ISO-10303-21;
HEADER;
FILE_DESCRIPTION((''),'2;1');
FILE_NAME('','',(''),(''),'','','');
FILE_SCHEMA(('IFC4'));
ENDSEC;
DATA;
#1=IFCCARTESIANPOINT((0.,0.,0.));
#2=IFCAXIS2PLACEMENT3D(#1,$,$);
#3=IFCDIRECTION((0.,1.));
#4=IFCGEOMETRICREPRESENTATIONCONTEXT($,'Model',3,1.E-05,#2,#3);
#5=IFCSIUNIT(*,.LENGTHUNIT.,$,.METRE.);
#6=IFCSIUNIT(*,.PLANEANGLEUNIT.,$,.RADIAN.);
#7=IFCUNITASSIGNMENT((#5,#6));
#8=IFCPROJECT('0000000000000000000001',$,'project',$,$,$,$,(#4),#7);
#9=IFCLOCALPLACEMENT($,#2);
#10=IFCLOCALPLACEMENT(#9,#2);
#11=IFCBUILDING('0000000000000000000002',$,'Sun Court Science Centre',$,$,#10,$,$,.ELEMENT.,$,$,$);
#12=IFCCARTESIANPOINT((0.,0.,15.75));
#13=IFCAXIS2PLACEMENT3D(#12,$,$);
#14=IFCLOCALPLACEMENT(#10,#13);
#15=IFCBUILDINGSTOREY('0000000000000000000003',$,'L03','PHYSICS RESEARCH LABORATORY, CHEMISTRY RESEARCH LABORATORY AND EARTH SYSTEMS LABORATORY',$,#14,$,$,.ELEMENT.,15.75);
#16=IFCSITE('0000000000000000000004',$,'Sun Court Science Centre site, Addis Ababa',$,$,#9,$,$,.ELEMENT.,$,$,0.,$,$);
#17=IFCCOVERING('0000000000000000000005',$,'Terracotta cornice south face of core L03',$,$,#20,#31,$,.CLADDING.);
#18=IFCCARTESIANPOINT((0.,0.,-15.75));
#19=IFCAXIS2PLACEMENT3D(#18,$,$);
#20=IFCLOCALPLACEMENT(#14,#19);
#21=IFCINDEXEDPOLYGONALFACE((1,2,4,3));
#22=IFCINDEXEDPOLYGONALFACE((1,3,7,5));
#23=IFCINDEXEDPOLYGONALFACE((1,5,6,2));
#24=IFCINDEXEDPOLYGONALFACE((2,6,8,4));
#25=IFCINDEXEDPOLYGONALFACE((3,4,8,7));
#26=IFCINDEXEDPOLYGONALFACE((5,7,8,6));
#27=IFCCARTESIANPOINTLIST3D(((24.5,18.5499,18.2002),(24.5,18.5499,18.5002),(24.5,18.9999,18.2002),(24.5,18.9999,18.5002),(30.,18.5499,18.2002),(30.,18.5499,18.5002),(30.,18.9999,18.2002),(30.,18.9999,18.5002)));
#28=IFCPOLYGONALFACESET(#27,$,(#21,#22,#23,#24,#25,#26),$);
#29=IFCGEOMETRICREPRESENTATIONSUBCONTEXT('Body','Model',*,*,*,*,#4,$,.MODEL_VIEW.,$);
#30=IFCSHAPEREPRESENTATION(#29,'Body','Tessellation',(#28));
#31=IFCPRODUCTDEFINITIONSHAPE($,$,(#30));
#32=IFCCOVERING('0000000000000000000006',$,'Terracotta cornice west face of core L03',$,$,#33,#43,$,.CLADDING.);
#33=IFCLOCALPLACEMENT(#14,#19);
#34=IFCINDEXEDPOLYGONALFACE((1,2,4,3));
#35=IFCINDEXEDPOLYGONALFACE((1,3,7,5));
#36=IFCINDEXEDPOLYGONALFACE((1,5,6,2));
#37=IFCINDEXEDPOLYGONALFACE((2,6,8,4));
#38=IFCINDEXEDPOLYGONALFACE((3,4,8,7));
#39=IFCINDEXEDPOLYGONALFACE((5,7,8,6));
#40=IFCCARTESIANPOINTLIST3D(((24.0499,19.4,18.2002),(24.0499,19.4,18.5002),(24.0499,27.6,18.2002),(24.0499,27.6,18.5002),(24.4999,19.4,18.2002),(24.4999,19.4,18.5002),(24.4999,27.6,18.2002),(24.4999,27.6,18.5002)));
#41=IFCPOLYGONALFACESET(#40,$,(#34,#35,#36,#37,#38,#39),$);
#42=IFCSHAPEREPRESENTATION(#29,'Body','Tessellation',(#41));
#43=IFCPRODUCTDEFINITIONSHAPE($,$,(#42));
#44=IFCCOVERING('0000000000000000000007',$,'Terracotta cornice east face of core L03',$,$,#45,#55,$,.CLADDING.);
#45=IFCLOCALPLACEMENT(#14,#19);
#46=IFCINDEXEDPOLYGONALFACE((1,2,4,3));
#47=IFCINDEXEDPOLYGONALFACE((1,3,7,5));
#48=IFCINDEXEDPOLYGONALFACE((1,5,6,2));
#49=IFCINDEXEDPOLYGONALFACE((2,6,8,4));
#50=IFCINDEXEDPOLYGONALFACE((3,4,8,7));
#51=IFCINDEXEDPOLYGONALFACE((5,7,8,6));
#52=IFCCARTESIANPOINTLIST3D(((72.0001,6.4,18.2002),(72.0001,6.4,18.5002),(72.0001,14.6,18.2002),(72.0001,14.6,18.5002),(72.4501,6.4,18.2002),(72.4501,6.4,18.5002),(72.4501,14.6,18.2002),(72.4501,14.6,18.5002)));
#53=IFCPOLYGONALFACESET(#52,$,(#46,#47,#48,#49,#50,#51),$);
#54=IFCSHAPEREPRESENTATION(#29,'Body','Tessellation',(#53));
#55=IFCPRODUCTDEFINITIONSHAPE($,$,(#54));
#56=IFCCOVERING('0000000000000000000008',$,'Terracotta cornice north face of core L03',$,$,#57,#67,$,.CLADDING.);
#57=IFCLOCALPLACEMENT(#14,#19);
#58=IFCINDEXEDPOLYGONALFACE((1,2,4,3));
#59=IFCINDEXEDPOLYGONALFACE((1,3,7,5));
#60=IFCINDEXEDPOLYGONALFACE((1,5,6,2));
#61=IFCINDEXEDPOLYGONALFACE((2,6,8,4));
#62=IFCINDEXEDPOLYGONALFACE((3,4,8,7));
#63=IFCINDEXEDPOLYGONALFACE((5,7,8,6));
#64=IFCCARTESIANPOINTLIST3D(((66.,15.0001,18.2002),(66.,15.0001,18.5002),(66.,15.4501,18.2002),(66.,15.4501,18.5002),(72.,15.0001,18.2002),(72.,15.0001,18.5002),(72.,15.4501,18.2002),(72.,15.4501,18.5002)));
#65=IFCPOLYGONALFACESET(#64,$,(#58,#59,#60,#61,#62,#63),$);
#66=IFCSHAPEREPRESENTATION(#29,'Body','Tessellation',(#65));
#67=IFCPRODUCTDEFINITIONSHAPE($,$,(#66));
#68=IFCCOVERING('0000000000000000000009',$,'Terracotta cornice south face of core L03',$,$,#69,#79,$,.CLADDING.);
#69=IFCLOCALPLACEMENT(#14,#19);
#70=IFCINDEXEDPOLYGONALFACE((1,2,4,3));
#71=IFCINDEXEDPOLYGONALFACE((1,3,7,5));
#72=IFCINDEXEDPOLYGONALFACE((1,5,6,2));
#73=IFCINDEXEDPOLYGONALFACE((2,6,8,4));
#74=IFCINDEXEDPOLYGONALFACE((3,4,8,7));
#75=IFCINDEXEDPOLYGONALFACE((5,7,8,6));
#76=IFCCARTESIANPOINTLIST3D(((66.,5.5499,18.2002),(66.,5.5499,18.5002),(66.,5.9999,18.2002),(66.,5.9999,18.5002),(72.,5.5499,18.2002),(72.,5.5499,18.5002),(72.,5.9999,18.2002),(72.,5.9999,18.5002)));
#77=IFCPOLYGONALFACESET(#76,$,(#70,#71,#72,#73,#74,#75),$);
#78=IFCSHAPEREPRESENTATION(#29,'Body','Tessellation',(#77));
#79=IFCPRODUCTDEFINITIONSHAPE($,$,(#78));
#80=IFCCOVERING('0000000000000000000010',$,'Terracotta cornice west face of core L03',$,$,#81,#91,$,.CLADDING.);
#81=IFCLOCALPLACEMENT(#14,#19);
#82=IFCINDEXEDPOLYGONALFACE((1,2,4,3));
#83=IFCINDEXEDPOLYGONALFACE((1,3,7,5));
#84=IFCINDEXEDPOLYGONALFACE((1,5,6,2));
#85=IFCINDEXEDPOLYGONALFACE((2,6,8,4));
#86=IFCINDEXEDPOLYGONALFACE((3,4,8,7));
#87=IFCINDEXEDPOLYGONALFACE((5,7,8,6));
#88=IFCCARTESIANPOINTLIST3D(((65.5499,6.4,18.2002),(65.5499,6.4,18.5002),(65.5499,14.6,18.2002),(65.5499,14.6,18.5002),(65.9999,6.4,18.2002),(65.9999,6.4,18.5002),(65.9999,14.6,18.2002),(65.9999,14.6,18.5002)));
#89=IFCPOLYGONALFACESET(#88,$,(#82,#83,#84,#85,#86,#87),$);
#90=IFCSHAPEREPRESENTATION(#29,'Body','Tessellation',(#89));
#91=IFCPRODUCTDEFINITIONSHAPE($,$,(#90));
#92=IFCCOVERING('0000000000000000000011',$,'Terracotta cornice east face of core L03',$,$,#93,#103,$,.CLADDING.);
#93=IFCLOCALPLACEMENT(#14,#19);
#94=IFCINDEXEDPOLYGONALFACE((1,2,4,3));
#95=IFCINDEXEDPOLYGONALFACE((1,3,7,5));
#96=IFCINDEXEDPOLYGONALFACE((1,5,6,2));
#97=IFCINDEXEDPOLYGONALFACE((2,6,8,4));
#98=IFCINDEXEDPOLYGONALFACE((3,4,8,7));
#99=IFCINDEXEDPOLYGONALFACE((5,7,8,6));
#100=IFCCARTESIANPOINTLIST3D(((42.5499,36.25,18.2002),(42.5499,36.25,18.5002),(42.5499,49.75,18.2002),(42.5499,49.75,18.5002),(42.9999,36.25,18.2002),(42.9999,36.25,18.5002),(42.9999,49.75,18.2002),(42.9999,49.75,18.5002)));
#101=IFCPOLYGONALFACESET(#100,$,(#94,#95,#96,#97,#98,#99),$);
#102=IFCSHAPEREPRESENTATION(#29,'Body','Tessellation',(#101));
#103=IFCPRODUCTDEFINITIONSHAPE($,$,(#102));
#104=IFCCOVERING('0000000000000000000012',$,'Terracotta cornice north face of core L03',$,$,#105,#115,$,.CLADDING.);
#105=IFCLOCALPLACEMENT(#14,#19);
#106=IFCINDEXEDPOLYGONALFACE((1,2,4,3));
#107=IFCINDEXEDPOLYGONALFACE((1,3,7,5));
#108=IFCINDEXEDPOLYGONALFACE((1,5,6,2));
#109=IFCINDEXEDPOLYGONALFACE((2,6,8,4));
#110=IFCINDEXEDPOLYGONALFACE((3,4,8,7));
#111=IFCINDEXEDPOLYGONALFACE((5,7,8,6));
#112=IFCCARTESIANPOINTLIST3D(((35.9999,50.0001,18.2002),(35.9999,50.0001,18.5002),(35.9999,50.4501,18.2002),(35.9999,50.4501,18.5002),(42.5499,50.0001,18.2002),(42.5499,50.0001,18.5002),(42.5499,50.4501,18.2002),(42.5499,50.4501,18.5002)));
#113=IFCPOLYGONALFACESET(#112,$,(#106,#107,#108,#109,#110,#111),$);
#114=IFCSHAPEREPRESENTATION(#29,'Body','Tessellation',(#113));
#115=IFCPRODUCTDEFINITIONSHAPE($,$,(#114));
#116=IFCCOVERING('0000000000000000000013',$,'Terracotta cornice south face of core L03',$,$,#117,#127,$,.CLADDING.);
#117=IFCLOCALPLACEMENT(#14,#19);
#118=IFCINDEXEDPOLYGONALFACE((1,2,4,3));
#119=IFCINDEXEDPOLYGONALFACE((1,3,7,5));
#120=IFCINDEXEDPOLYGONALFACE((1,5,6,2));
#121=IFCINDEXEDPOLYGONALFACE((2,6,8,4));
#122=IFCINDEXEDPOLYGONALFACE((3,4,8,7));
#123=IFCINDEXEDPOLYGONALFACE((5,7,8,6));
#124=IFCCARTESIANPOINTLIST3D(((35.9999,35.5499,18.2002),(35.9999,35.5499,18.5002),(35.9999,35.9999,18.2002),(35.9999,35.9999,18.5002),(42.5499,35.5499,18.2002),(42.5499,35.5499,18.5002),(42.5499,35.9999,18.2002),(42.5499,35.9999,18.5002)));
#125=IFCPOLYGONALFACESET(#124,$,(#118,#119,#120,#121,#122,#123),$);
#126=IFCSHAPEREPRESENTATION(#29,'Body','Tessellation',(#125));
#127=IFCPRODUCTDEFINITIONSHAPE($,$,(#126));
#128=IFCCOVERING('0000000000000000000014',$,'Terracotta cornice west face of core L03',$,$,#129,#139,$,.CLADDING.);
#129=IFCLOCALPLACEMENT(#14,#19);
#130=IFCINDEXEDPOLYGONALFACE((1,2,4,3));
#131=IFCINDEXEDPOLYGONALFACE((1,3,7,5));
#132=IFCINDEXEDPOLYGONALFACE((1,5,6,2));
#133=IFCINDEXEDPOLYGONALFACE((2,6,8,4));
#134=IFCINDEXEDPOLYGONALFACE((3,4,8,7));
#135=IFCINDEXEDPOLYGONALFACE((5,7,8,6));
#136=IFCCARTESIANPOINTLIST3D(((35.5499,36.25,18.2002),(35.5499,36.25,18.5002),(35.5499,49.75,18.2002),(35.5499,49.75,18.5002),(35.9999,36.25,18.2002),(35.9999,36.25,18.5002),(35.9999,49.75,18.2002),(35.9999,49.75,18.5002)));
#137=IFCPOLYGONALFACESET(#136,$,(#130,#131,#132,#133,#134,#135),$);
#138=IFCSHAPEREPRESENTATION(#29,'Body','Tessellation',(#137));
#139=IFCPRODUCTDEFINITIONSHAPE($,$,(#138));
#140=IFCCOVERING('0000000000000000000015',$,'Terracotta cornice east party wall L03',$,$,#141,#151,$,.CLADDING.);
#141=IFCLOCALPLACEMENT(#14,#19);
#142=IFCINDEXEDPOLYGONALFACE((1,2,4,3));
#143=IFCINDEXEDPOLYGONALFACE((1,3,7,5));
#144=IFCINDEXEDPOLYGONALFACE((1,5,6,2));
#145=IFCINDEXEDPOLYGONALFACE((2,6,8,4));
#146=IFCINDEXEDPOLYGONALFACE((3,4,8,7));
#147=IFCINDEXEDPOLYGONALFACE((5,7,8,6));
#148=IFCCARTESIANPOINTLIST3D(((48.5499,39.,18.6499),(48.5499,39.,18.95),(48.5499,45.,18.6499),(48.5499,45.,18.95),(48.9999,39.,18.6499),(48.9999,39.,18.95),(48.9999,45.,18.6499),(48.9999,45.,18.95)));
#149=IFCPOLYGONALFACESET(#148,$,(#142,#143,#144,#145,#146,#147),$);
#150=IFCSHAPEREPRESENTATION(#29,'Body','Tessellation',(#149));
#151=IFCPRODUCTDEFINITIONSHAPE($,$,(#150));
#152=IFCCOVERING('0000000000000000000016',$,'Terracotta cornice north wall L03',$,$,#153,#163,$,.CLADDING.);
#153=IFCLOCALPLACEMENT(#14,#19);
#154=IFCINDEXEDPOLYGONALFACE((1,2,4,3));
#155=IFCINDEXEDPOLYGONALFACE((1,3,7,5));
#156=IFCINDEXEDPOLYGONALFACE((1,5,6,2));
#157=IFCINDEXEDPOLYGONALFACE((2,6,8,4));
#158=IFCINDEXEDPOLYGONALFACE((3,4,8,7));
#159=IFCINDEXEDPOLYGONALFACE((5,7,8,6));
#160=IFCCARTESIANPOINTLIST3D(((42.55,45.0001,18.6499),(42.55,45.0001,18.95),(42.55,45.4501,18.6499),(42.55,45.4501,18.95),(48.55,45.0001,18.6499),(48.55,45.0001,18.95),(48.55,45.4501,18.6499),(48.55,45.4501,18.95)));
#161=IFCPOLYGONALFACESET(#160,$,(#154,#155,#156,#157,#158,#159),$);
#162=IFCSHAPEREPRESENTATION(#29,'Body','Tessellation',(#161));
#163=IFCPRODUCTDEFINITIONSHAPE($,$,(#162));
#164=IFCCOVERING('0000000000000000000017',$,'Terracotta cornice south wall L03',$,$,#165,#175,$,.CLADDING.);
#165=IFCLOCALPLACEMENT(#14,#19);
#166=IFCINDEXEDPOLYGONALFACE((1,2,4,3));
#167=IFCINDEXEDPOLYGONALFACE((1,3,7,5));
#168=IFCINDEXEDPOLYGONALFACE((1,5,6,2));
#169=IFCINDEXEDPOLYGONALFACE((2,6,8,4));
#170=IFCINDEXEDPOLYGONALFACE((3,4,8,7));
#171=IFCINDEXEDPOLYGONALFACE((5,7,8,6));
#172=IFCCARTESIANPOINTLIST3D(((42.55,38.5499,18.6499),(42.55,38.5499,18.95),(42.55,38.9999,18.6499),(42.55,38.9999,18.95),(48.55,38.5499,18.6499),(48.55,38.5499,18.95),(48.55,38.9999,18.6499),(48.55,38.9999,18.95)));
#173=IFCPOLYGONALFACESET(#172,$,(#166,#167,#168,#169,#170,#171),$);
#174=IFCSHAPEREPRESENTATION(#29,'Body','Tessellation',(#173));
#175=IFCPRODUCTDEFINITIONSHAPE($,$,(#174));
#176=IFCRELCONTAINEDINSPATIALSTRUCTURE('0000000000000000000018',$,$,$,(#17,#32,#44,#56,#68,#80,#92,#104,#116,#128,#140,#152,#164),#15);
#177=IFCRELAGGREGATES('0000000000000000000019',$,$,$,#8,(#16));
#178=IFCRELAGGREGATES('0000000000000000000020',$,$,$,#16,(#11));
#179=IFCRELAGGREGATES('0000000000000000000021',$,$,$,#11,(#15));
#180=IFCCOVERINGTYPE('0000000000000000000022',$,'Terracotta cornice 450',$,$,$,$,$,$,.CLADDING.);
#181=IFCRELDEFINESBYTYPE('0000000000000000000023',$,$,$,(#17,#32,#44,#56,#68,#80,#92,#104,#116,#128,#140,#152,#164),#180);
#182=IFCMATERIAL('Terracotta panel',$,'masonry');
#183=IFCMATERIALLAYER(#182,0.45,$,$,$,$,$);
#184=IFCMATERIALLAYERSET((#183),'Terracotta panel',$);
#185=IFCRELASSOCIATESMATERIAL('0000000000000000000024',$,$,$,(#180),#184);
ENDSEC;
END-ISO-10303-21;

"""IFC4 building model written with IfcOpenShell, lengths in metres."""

from ifc_helpers import new_model, si_unit, direction, frame, origin, origin_2d, place, context, subcontext, project, spatial, rectangle, extrude, material, layer, layer_set, type_object, element, save


model = new_model("IFC4")

# Units and contexts
model_context = context("Model", 3, precision=1e-05, world=origin(), true_north=direction((0.0, 1.0)))
body_context = subcontext(model_context, "Body", "Model", "MODEL_VIEW")
ifc_project = project(units=[si_unit("LENGTHUNIT", "METRE"), si_unit("PLANEANGLEUNIT", "RADIAN")], contexts=[model_context])

# Site, building, storey
site_placement = place(None, origin())
site = spatial("IfcSite", under=ifc_project, at=site_placement, Name="Sun Court Science Centre site, Addis Ababa", CompositionType="ELEMENT", RefElevation=0.0)
building_placement = place(site_placement, origin())
building = spatial("IfcBuilding", under=site, at=building_placement, Name="Sun Court Science Centre", CompositionType="ELEMENT")
storey_placement = place(building_placement, frame((0.0, 0.0, 15.75)))
storey = spatial("IfcBuildingStorey", under=building, at=storey_placement, Name="L03", Description="PHYSICS RESEARCH LABORATORY, CHEMISTRY RESEARCH LABORATORY AND EARTH SYSTEMS LABORATORY", CompositionType="ELEMENT", Elevation=15.75)

# Coverings
ifc_material_1 = material(Name="Terracotta panel", Category="masonry")
ifc_layer_1 = layer(ifc_material_1, 0.45)
ifc_layer_set_1 = layer_set([ifc_layer_1], Name="Terracotta panel")
covering_type = type_object("IfcCoveringType", Name="Terracotta cornice 450", PredefinedType="CLADDING", material=ifc_layer_set_1)
covering_1_placement = place(storey_placement, frame((0.0, 0.0, -15.75)))
element("IfcCovering", 1, at=covering_1_placement, inside=storey, type_object=covering_type, Name="Terracotta cornice south face of core L03", PredefinedType="CLADDING", context=body_context, shape_type="SweptSolid", body=[
    extrude(rectangle(XDim=5.5, YDim=0.45, at=origin_2d()), frame((27.25, 18.7749, 18.2002), z_axis=(0.0, 0.0, 1.0), x_axis=(-1.0, 0.0, 0.0)), (0.0, 0.0, 1.0), 0.3),
])
covering_2_placement = place(storey_placement, frame((0.0, 0.0, -15.75)))
element("IfcCovering", 2, at=covering_2_placement, inside=storey, type_object=covering_type, Name="Terracotta cornice west face of core L03", PredefinedType="CLADDING", context=body_context, shape_type="SweptSolid", body=[
    extrude(rectangle(XDim=8.2, YDim=0.45, at=origin_2d()), frame((24.2749, 23.5, 18.2002), z_axis=(0.0, 0.0, 1.0), x_axis=(0.0, 1.0, 0.0)), (0.0, 0.0, 1.0), 0.3),
])
covering_3_placement = place(storey_placement, frame((0.0, 0.0, -15.75)))
element("IfcCovering", 3, at=covering_3_placement, inside=storey, type_object=covering_type, Name="Terracotta cornice east face of core L03", PredefinedType="CLADDING", context=body_context, shape_type="SweptSolid", body=[
    extrude(rectangle(XDim=8.2, YDim=0.45, at=origin_2d()), frame((72.2251, 10.5, 18.2002), z_axis=(0.0, 0.0, 1.0), x_axis=(0.0, -1.0, 0.0)), (0.0, 0.0, 1.0), 0.3),
])
covering_4_placement = place(storey_placement, frame((0.0, 0.0, -15.75)))
element("IfcCovering", 4, at=covering_4_placement, inside=storey, type_object=covering_type, Name="Terracotta cornice north face of core L03", PredefinedType="CLADDING", context=body_context, shape_type="SweptSolid", body=[
    extrude(rectangle(XDim=6.0, YDim=0.45, at=origin_2d()), frame((69.0, 15.2251, 18.2002), z_axis=(0.0, 0.0, 1.0), x_axis=(1.0, 0.0, 0.0)), (0.0, 0.0, 1.0), 0.3),
])
covering_5_placement = place(storey_placement, frame((0.0, 0.0, -15.75)))
element("IfcCovering", 5, at=covering_5_placement, inside=storey, type_object=covering_type, Name="Terracotta cornice south face of core L03", PredefinedType="CLADDING", context=body_context, shape_type="SweptSolid", body=[
    extrude(rectangle(XDim=6.0, YDim=0.45, at=origin_2d()), frame((69.0, 5.7749, 18.2002), z_axis=(0.0, 0.0, 1.0), x_axis=(-1.0, 0.0, 0.0)), (0.0, 0.0, 1.0), 0.3),
])
covering_6_placement = place(storey_placement, frame((0.0, 0.0, -15.75)))
element("IfcCovering", 6, at=covering_6_placement, inside=storey, type_object=covering_type, Name="Terracotta cornice west face of core L03", PredefinedType="CLADDING", context=body_context, shape_type="SweptSolid", body=[
    extrude(rectangle(XDim=8.2, YDim=0.45, at=origin_2d()), frame((65.7749, 10.5, 18.2002), z_axis=(0.0, 0.0, 1.0), x_axis=(0.0, 1.0, 0.0)), (0.0, 0.0, 1.0), 0.3),
])
covering_7_placement = place(storey_placement, frame((0.0, 0.0, -15.75)))
element("IfcCovering", 7, at=covering_7_placement, inside=storey, type_object=covering_type, Name="Terracotta cornice east face of core L03", PredefinedType="CLADDING", context=body_context, shape_type="SweptSolid", body=[
    extrude(rectangle(XDim=13.5, YDim=0.45, at=origin_2d()), frame((42.7749, 43.0, 18.2002), z_axis=(0.0, 0.0, 1.0), x_axis=(0.0, -1.0, 0.0)), (0.0, 0.0, 1.0), 0.3),
])
covering_8_placement = place(storey_placement, frame((0.0, 0.0, -15.75)))
element("IfcCovering", 8, at=covering_8_placement, inside=storey, type_object=covering_type, Name="Terracotta cornice north face of core L03", PredefinedType="CLADDING", context=body_context, shape_type="SweptSolid", body=[
    extrude(rectangle(XDim=6.55, YDim=0.45, at=origin_2d()), frame((39.2749, 50.2251, 18.2002), z_axis=(0.0, 0.0, 1.0), x_axis=(1.0, 0.0, 0.0)), (0.0, 0.0, 1.0), 0.3),
])
covering_9_placement = place(storey_placement, frame((0.0, 0.0, -15.75)))
element("IfcCovering", 9, at=covering_9_placement, inside=storey, type_object=covering_type, Name="Terracotta cornice south face of core L03", PredefinedType="CLADDING", context=body_context, shape_type="SweptSolid", body=[
    extrude(rectangle(XDim=6.55, YDim=0.45, at=origin_2d()), frame((39.2749, 35.7749, 18.2002), z_axis=(0.0, 0.0, 1.0), x_axis=(-1.0, 0.0, 0.0)), (0.0, 0.0, 1.0), 0.3),
])
covering_10_placement = place(storey_placement, frame((0.0, 0.0, -15.75)))
element("IfcCovering", 10, at=covering_10_placement, inside=storey, type_object=covering_type, Name="Terracotta cornice west face of core L03", PredefinedType="CLADDING", context=body_context, shape_type="SweptSolid", body=[
    extrude(rectangle(XDim=13.5, YDim=0.45, at=origin_2d()), frame((35.7749, 43.0, 18.2002), z_axis=(0.0, 0.0, 1.0), x_axis=(0.0, 1.0, 0.0)), (0.0, 0.0, 1.0), 0.3),
])
covering_11_placement = place(storey_placement, frame((0.0, 0.0, -15.75)))
element("IfcCovering", 11, at=covering_11_placement, inside=storey, type_object=covering_type, Name="Terracotta cornice east party wall L03", PredefinedType="CLADDING", context=body_context, shape_type="SweptSolid", body=[
    extrude(rectangle(XDim=6.0, YDim=0.45, at=origin_2d()), frame((48.7749, 42.0, 18.6499), z_axis=(0.0, 0.0, 1.0), x_axis=(0.0, -1.0, 0.0)), (0.0, 0.0, 1.0), 0.3),
])
covering_12_placement = place(storey_placement, frame((0.0, 0.0, -15.75)))
element("IfcCovering", 12, at=covering_12_placement, inside=storey, type_object=covering_type, Name="Terracotta cornice north wall L03", PredefinedType="CLADDING", context=body_context, shape_type="SweptSolid", body=[
    extrude(rectangle(XDim=6.0, YDim=0.45, at=origin_2d()), frame((45.55, 45.2251, 18.6499), z_axis=(0.0, 0.0, 1.0), x_axis=(1.0, 0.0, 0.0)), (0.0, 0.0, 1.0), 0.3),
])
covering_13_placement = place(storey_placement, frame((0.0, 0.0, -15.75)))
element("IfcCovering", 13, at=covering_13_placement, inside=storey, type_object=covering_type, Name="Terracotta cornice south wall L03", PredefinedType="CLADDING", context=body_context, shape_type="SweptSolid", body=[
    extrude(rectangle(XDim=6.0, YDim=0.45, at=origin_2d()), frame((45.55, 38.7749, 18.6499), z_axis=(0.0, 0.0, 1.0), x_axis=(-1.0, 0.0, 0.0)), (0.0, 0.0, 1.0), 0.3),
])

save(model, "model.ifc")
